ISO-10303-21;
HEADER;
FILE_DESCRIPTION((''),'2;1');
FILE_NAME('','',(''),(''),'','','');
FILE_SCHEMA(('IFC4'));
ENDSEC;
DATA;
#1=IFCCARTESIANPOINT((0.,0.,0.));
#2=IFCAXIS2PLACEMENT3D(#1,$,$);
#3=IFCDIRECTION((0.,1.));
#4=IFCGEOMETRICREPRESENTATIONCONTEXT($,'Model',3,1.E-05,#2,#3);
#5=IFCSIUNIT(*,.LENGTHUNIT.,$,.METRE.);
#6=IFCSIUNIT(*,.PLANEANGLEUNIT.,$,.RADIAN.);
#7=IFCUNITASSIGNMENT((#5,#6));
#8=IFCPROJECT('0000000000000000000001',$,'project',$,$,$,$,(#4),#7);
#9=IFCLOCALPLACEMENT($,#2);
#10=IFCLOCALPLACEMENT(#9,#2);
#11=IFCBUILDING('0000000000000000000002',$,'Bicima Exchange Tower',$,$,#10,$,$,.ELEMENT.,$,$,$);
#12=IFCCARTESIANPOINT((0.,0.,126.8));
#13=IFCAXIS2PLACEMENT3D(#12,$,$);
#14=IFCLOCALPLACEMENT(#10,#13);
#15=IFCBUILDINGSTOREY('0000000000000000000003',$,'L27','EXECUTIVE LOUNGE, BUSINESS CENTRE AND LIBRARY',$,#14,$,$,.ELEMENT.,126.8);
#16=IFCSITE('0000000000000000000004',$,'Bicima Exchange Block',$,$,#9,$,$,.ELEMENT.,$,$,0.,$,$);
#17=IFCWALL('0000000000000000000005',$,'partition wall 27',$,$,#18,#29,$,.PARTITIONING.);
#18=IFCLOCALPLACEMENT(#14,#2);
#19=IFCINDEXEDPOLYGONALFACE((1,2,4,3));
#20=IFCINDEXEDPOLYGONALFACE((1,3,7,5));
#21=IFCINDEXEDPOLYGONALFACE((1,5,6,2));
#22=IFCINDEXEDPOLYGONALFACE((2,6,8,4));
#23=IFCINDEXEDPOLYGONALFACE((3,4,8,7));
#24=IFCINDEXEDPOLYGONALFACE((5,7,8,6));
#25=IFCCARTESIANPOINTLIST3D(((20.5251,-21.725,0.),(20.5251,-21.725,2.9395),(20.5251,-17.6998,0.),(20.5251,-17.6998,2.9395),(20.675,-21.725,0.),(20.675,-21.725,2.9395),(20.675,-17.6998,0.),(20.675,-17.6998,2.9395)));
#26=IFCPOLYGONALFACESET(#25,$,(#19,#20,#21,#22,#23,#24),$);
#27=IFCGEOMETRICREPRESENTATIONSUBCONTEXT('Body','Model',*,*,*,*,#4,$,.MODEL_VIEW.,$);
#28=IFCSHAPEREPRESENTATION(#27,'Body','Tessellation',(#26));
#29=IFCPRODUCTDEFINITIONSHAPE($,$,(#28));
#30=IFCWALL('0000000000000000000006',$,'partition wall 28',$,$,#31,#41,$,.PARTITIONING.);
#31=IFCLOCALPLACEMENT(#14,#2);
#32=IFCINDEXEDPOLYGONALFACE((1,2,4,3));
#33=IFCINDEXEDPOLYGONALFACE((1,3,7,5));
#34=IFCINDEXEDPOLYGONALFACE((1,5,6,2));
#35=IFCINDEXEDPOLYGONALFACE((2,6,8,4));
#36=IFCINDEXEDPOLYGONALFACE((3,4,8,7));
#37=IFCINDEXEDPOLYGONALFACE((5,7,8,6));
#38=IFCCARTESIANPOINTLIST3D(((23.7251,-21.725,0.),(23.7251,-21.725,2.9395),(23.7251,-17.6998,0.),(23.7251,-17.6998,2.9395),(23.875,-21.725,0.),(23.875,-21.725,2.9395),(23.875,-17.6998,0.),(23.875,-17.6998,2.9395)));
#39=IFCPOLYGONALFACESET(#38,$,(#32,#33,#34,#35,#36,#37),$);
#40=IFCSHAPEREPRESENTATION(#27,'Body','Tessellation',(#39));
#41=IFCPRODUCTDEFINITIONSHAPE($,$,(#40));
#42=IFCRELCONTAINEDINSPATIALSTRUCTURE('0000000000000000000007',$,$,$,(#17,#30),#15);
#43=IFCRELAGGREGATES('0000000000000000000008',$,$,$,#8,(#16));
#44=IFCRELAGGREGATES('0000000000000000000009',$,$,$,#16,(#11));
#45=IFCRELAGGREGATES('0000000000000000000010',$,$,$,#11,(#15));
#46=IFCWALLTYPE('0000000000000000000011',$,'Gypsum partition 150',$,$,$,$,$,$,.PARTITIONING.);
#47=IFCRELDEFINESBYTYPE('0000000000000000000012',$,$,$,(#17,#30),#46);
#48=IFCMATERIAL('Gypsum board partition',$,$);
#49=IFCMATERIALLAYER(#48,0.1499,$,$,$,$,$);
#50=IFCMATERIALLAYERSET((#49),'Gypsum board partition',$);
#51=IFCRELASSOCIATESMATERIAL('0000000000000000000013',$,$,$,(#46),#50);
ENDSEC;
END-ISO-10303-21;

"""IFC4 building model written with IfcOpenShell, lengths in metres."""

from ifc_helpers import new_model, si_unit, direction, frame, frame_2d, origin, place, context, subcontext, project, spatial, rectangle, extrude, material, layer, layer_set, type_object, element, save


model = new_model("IFC4")

# Units and contexts
model_context = context("Model", 3, precision=1e-05, world=origin(), true_north=direction((0.0, 1.0)))
body_context = subcontext(model_context, "Body", "Model", "MODEL_VIEW")
ifc_project = project(units=[si_unit("LENGTHUNIT", "METRE"), si_unit("PLANEANGLEUNIT", "RADIAN")], contexts=[model_context])

# Site, building, storey
site_placement = place(None, origin())
site = spatial("IfcSite", under=ifc_project, at=site_placement, Name="Bicima Exchange Block", CompositionType="ELEMENT", RefElevation=0.0)
building_placement = place(site_placement, origin())
building = spatial("IfcBuilding", under=site, at=building_placement, Name="Bicima Exchange Tower", CompositionType="ELEMENT")
storey_placement = place(building_placement, frame((0.0, 0.0, 126.8)))
storey = spatial("IfcBuildingStorey", under=building, at=storey_placement, Name="L27", Description="EXECUTIVE LOUNGE, BUSINESS CENTRE AND LIBRARY", CompositionType="ELEMENT", Elevation=126.8)

# Walls
ifc_material_1 = material(Name="Gypsum board partition")
ifc_layer_1 = layer(ifc_material_1, 0.1499)
ifc_layer_set_1 = layer_set([ifc_layer_1], Name="Gypsum board partition")
wall_type_1 = type_object("IfcWallType", Name="Gypsum partition 150", PredefinedType="PARTITIONING", material=ifc_layer_set_1)
for number, where, z_axis, x_axis, name in (
    (1, (20.6001, -21.7251, 0.0), (0.0, 0.0, 1.0), (0.0, 1.0, 0.0), "partition wall 27"),
    (2, (23.8, -21.7251, 0.0), (0.0, 0.0, 1.0), (0.0, 1.0, 0.0), "partition wall 28"),
):
    element("IfcWall", number, at=place(storey_placement, frame(where, z_axis=z_axis, x_axis=x_axis)), inside=storey, type_object=wall_type_1, Name=name, PredefinedType="PARTITIONING", context=body_context, shape_type="SweptSolid", body=[
        extrude(rectangle(XDim=4.0251, YDim=0.1499, at=frame_2d((2.0127, 0.0))), origin(), (0.0, 0.0, 1.0), 2.9395),
    ])

save(model, "model.ifc")
